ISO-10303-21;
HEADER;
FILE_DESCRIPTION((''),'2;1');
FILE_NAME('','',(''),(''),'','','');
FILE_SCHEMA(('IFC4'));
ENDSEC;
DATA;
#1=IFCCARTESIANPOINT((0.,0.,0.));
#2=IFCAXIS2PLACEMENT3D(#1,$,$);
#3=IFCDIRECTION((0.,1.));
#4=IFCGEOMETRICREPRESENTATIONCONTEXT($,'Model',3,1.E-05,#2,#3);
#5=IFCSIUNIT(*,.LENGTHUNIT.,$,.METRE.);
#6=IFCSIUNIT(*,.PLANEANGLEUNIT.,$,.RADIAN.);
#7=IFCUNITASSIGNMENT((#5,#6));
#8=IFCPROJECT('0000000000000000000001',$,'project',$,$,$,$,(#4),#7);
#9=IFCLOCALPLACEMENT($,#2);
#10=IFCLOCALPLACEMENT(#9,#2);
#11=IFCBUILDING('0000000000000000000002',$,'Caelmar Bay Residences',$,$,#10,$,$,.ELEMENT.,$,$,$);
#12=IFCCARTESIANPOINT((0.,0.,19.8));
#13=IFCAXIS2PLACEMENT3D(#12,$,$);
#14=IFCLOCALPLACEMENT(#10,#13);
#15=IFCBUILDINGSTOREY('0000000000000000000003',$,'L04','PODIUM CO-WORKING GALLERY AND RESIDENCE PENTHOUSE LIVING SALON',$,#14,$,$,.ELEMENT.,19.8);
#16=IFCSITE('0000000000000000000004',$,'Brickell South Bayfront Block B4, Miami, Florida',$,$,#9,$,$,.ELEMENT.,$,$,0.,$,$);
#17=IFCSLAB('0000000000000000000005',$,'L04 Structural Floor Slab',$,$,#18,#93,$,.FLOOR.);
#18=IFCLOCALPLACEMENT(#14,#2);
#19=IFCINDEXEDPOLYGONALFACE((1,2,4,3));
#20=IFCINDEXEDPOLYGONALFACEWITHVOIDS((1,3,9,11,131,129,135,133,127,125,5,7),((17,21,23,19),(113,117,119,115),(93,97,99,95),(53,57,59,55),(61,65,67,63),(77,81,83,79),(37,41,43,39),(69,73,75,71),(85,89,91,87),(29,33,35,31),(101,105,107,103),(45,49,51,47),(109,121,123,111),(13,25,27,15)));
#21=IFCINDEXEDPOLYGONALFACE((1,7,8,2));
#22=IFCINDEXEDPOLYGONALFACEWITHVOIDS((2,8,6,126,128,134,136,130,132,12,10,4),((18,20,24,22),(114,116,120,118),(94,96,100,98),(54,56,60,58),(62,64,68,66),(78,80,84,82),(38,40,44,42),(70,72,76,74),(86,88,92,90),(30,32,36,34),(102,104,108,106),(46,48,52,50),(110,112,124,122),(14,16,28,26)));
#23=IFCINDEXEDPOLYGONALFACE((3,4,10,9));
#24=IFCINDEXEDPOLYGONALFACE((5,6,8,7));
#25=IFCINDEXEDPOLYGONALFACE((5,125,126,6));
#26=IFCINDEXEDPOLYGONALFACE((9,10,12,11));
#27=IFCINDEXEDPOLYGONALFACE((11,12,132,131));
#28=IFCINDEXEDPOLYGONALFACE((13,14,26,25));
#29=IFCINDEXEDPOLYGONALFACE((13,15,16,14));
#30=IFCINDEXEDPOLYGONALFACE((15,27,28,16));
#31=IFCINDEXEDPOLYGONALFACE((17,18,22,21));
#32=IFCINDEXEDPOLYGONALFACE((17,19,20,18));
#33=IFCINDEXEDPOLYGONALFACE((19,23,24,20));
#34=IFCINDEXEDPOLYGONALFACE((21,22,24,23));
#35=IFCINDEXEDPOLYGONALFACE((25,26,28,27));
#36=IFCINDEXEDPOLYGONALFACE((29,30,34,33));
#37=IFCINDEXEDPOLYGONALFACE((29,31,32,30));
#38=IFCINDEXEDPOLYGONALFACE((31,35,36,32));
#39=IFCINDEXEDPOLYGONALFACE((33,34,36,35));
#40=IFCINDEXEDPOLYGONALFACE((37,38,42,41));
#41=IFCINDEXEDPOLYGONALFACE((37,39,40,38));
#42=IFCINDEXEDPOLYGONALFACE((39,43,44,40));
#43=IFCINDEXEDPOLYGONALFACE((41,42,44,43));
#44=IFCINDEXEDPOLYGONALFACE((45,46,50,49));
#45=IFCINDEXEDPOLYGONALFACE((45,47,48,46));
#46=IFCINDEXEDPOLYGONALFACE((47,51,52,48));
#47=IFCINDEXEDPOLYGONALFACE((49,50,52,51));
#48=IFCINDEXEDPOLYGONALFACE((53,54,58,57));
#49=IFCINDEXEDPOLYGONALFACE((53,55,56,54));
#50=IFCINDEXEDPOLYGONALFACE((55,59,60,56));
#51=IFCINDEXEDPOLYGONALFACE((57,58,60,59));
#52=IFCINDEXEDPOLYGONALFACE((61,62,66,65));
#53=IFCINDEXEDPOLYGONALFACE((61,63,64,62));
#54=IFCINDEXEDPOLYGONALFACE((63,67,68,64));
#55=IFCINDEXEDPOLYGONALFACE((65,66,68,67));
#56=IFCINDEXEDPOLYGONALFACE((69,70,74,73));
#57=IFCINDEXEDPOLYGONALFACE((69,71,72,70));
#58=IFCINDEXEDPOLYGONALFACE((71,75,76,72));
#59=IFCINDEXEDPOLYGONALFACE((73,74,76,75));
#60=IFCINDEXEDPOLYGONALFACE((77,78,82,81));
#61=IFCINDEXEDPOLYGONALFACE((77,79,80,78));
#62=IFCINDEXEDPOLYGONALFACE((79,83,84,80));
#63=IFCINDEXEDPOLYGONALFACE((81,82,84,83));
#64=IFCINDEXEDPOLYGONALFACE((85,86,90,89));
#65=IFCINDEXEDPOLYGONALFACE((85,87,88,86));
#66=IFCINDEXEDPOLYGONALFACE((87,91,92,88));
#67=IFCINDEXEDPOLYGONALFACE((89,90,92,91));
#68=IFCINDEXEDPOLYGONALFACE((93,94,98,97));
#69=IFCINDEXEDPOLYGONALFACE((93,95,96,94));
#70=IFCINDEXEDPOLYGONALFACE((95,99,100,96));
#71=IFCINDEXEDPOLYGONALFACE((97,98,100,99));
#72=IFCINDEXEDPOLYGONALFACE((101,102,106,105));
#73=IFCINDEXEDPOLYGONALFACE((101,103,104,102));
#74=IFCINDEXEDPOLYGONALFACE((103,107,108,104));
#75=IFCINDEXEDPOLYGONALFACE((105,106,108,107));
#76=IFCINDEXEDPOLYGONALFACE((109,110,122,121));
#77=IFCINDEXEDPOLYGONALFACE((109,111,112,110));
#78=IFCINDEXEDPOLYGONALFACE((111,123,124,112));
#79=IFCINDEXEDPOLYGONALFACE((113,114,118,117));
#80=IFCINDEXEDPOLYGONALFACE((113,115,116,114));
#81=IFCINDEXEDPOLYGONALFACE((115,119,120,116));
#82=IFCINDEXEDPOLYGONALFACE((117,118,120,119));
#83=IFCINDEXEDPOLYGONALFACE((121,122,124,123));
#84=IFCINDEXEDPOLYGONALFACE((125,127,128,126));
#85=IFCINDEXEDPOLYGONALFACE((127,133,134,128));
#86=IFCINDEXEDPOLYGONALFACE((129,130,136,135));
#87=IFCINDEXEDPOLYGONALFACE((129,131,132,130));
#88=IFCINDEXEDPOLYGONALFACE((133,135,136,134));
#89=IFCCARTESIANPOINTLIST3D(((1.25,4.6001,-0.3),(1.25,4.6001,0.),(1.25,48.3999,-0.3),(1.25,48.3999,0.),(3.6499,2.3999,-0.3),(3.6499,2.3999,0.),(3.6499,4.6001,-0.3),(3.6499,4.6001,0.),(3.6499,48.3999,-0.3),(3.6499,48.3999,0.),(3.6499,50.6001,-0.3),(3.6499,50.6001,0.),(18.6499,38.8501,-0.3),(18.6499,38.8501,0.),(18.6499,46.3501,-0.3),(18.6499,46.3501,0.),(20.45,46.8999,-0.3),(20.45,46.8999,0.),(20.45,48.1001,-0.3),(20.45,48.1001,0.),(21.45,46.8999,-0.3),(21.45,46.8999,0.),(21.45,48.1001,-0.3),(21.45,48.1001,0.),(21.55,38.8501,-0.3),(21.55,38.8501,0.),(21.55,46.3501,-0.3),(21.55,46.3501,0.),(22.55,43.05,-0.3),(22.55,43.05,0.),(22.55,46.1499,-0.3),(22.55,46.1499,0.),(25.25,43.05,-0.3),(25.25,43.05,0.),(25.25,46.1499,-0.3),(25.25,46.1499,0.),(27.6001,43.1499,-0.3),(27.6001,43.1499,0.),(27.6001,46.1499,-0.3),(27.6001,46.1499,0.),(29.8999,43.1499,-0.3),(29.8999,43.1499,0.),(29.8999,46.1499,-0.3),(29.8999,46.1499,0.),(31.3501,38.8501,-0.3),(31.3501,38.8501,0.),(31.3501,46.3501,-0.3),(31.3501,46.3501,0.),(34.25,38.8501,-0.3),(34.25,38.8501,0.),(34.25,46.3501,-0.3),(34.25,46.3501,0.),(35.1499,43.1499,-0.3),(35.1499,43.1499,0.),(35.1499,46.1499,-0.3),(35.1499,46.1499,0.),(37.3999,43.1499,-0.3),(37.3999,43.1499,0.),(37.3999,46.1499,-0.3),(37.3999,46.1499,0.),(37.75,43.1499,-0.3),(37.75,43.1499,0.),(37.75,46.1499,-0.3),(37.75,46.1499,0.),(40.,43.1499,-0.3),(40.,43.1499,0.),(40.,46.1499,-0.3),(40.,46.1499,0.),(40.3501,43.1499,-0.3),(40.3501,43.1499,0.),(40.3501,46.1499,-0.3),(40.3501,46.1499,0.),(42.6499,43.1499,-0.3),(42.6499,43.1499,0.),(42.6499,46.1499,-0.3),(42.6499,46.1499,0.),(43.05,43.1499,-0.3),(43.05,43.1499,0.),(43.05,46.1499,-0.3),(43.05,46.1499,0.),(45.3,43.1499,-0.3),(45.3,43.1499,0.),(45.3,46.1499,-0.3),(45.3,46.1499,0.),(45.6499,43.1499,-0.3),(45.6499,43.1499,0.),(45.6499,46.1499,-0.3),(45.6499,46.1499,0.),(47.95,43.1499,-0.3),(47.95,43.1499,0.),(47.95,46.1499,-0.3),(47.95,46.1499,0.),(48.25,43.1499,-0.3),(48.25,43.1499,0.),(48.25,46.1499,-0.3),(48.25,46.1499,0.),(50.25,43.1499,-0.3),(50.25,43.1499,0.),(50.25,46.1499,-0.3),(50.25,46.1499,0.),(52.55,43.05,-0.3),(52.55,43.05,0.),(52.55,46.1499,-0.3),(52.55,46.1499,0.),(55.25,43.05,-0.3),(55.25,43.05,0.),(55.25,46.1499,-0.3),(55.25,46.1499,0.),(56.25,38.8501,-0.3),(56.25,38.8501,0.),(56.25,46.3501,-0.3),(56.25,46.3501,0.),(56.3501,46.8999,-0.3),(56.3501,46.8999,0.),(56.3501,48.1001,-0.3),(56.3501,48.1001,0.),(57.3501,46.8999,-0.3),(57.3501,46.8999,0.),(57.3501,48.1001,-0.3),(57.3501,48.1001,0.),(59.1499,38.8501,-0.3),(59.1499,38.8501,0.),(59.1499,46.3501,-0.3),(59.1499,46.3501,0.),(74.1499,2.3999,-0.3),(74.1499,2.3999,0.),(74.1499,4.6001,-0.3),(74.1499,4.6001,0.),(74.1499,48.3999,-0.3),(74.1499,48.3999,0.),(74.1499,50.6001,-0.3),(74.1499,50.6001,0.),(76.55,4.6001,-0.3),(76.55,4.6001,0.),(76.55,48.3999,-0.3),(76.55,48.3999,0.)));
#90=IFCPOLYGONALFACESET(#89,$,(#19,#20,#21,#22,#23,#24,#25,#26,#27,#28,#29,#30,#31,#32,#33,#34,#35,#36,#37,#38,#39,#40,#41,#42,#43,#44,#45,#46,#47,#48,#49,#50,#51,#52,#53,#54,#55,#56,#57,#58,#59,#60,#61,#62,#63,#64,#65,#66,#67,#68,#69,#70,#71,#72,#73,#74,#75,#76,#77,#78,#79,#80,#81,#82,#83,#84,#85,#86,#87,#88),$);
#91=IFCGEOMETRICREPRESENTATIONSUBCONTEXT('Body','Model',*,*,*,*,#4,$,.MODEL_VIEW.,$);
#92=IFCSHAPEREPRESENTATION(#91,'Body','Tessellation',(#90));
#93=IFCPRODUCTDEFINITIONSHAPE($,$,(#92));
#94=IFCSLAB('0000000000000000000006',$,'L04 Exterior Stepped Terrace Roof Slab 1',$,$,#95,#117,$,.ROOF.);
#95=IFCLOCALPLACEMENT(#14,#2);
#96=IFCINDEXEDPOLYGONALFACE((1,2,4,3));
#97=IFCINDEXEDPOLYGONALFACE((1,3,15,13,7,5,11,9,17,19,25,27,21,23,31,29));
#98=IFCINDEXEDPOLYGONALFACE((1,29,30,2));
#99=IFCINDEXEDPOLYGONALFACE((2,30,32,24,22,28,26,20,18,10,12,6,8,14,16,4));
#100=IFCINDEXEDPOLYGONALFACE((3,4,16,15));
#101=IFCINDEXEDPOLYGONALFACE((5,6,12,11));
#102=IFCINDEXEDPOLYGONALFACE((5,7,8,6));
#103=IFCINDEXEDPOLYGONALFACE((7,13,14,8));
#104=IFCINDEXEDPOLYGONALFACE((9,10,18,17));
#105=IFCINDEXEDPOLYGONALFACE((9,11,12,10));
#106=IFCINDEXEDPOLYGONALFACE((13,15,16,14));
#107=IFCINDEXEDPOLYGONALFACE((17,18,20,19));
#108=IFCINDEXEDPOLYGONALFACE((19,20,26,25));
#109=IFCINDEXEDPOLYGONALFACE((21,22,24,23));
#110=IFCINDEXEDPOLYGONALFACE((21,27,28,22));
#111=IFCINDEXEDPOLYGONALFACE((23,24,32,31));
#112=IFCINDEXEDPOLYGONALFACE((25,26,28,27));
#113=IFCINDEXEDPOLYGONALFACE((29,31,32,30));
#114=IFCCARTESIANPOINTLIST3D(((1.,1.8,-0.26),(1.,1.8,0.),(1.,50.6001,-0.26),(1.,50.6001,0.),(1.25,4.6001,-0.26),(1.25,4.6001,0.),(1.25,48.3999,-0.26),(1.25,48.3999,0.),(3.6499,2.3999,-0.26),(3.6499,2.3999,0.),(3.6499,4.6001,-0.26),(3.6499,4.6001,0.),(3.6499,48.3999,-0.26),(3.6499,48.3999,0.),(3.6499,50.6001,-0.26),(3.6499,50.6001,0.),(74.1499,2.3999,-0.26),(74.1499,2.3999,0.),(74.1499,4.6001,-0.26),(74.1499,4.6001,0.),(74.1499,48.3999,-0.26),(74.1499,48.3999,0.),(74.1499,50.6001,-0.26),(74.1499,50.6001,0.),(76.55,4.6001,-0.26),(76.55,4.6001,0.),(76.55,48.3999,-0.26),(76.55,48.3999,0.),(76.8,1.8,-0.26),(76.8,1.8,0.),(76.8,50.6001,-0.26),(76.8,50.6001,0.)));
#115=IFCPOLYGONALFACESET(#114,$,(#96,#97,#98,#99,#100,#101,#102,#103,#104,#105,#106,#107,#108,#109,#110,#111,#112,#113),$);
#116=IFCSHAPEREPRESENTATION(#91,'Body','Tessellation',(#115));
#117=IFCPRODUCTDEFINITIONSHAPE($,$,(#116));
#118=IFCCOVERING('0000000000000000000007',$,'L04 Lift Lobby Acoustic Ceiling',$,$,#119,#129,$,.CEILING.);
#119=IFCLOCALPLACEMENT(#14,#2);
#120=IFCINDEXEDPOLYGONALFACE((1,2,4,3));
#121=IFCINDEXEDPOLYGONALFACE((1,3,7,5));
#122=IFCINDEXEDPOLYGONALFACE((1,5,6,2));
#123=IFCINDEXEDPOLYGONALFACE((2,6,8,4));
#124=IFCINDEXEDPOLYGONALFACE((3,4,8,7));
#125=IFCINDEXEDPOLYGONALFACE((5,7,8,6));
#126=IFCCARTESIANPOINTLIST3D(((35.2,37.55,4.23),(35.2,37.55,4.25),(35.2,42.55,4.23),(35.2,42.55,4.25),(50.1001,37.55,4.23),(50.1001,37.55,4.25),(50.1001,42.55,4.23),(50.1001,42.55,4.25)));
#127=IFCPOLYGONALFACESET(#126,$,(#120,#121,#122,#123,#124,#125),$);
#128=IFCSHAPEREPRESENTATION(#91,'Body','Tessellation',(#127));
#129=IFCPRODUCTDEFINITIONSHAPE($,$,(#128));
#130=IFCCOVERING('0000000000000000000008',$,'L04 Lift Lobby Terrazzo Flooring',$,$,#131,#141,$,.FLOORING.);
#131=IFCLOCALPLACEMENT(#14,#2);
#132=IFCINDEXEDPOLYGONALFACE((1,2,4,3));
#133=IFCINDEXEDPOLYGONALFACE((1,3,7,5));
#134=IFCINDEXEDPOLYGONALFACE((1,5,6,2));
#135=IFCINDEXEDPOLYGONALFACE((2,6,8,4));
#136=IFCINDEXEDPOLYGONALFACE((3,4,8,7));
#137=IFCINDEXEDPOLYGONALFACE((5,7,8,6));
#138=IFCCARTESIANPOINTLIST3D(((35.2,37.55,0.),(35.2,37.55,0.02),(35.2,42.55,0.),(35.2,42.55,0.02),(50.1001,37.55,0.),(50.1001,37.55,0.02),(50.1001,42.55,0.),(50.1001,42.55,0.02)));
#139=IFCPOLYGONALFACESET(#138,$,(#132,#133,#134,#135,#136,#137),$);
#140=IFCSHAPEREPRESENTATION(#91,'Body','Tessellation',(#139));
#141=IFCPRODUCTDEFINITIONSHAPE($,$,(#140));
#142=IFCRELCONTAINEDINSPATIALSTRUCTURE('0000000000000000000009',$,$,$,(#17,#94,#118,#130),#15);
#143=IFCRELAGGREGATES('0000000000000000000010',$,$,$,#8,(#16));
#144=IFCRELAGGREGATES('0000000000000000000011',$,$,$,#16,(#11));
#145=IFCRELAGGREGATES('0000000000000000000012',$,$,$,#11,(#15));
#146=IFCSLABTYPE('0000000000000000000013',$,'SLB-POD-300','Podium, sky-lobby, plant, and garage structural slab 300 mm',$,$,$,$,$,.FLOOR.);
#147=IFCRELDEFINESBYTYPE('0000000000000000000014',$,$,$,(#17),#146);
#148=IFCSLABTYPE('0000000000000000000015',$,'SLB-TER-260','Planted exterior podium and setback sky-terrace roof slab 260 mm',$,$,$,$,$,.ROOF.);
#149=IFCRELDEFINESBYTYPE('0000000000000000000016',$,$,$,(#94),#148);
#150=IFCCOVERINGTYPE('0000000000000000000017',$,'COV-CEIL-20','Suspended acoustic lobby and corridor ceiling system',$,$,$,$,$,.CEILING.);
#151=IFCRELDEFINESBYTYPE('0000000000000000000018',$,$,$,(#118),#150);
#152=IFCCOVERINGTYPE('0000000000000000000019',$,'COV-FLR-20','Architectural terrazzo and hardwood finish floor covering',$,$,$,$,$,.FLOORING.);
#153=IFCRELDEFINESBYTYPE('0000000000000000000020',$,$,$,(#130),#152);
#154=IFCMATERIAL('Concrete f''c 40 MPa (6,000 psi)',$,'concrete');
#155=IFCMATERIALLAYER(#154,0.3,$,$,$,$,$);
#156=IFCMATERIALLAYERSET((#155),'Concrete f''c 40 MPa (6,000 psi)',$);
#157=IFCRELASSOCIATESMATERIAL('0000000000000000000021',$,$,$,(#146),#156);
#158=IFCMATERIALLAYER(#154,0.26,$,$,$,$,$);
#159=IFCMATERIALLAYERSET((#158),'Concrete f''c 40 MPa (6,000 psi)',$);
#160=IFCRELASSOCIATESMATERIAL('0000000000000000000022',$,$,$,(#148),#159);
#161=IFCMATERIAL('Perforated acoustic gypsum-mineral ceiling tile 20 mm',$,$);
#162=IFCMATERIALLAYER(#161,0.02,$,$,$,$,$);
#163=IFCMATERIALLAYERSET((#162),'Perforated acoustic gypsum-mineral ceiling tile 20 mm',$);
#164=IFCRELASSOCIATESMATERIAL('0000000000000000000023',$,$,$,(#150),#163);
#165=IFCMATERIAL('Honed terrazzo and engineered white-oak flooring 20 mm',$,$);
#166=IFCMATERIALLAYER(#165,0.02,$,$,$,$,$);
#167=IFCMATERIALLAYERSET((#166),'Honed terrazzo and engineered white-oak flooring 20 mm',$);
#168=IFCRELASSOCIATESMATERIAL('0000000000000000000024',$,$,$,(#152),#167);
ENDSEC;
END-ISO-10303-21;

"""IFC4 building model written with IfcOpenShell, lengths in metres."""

from ifc_helpers import new_model, si_unit, direction, frame, origin, place, context, subcontext, project, spatial, polyline, outline, extrude, material, layer, layer_set, type_object, element, save


model = new_model("IFC4")

# Units and contexts
model_context = context("Model", 3, precision=1e-05, world=origin(), true_north=direction((0.0, 1.0)))
body_context = subcontext(model_context, "Body", "Model", "MODEL_VIEW")
ifc_project = project(units=[si_unit("LENGTHUNIT", "METRE"), si_unit("PLANEANGLEUNIT", "RADIAN")], contexts=[model_context])

# Site, building, storey
site_placement = place(None, origin())
site = spatial("IfcSite", under=ifc_project, at=site_placement, Name="Brickell South Bayfront Block B4, Miami, Florida", CompositionType="ELEMENT", RefElevation=0.0)
building_placement = place(site_placement, origin())
building = spatial("IfcBuilding", under=site, at=building_placement, Name="Caelmar Bay Residences", CompositionType="ELEMENT")
storey_placement = place(building_placement, frame((0.0, 0.0, 19.8)))
storey = spatial("IfcBuildingStorey", under=building, at=storey_placement, Name="L04", Description="PODIUM CO-WORKING GALLERY AND RESIDENCE PENTHOUSE LIVING SALON", CompositionType="ELEMENT", Elevation=19.8)

# Shared definitions
ifc_material_1 = material(Name="Concrete f'c 40 MPa (6,000 psi)", Category="concrete")

# Slabs
ifc_layer_1 = layer(ifc_material_1, 0.3)
ifc_layer_set_1 = layer_set([ifc_layer_1], Name="Concrete f'c 40 MPa (6,000 psi)")
slab_type_1 = type_object("IfcSlabType", Name="SLB-POD-300", Description="Podium, sky-lobby, plant, and garage structural slab 300 mm", PredefinedType="FLOOR", material=ifc_layer_set_1)
slab_1_placement = place(storey_placement, frame((0.0, 0.0, -0.3)))
element("IfcSlab", 1, at=slab_1_placement, inside=storey, type_object=slab_type_1, Name="L04 Structural Floor Slab", PredefinedType="FLOOR", context=body_context, shape_type="SweptSolid", body=[
    extrude(outline(polyline([(3.6499, 2.3999), (74.1499, 2.3999), (74.1499, 4.6001), (76.55, 4.6001), (76.55, 48.3999), (74.1499, 48.3999), (74.1499, 50.6001), (3.6499, 50.6001), (3.6499, 48.3999), (1.25, 48.3999), (1.25, 4.6001), (3.6499, 4.6001), (3.6499, 2.3999)]), holes=[polyline([(18.6499, 38.8501), (21.55, 38.8501), (21.55, 46.3501), (18.6499, 46.3501), (18.6499, 38.8501)]), polyline([(56.25, 38.8501), (59.1499, 38.8501), (59.1499, 46.3501), (56.25, 46.3501), (56.25, 38.8501)]), polyline([(31.3501, 38.8501), (34.25, 38.8501), (34.25, 46.3501), (31.3501, 46.3501), (31.3501, 38.8501)]), polyline([(22.55, 43.05), (25.25, 43.05), (25.25, 46.1499), (22.55, 46.1499), (22.55, 43.05)]), polyline([(52.55, 43.05), (55.25, 43.05), (55.25, 46.1499), (52.55, 46.1499), (52.55, 43.05)]), polyline([(35.1499, 43.1499), (37.3999, 43.1499), (37.3999, 46.1499), (35.1499, 46.1499), (35.1499, 43.1499)]), polyline([(37.75, 43.1499), (40.0, 43.1499), (40.0, 46.1499), (37.75, 46.1499), (37.75, 43.1499)]), polyline([(40.3501, 43.1499), (42.6499, 43.1499), (42.6499, 46.1499), (40.3501, 46.1499), (40.3501, 43.1499)]), polyline([(43.05, 43.1499), (45.3, 43.1499), (45.3, 46.1499), (43.05, 46.1499), (43.05, 43.1499)]), polyline([(45.6499, 43.1499), (47.95, 43.1499), (47.95, 46.1499), (45.6499, 46.1499), (45.6499, 43.1499)]), polyline([(48.25, 43.1499), (50.25, 43.1499), (50.25, 46.1499), (48.25, 46.1499), (48.25, 43.1499)]), polyline([(27.6001, 43.1499), (29.8999, 43.1499), (29.8999, 46.1499), (27.6001, 46.1499), (27.6001, 43.1499)]), polyline([(20.45, 46.8999), (21.45, 46.8999), (21.45, 48.1001), (20.45, 48.1001), (20.45, 46.8999)]), polyline([(56.3501, 46.8999), (57.3501, 46.8999), (57.3501, 48.1001), (56.3501, 48.1001), (56.3501, 46.8999)])]), origin(), (0.0, 0.0, 1.0), 0.3),
])
ifc_layer_2 = layer(ifc_material_1, 0.26)
ifc_layer_set_2 = layer_set([ifc_layer_2], Name="Concrete f'c 40 MPa (6,000 psi)")
slab_type_2 = type_object("IfcSlabType", Name="SLB-TER-260", Description="Planted exterior podium and setback sky-terrace roof slab 260 mm", PredefinedType="ROOF", material=ifc_layer_set_2)
slab_2_placement = place(storey_placement, frame((0.0, 0.0, -0.26)))
element("IfcSlab", 2, at=slab_2_placement, inside=storey, type_object=slab_type_2, Name="L04 Exterior Stepped Terrace Roof Slab 1", PredefinedType="ROOF", context=body_context, shape_type="SweptSolid", body=[
    extrude(outline(polyline([(74.1499, 50.6001), (74.1499, 48.3999), (76.55, 48.3999), (76.55, 4.6001), (74.1499, 4.6001), (74.1499, 2.3999), (3.6499, 2.3999), (3.6499, 4.6001), (1.25, 4.6001), (1.25, 48.3999), (3.6499, 48.3999), (3.6499, 50.6001), (1.0, 50.6001), (1.0, 1.8), (76.8, 1.8), (76.8, 50.6001), (74.1499, 50.6001)])), origin(), (0.0, 0.0, 1.0), 0.26),
])

# Coverings
ifc_material_2 = material(Name="Perforated acoustic gypsum-mineral ceiling tile 20 mm")
ifc_layer_3 = layer(ifc_material_2, 0.02)
ifc_layer_set_3 = layer_set([ifc_layer_3], Name="Perforated acoustic gypsum-mineral ceiling tile 20 mm")
covering_type_1 = type_object("IfcCoveringType", Name="COV-CEIL-20", Description="Suspended acoustic lobby and corridor ceiling system", PredefinedType="CEILING", material=ifc_layer_set_3)
covering_1_placement = place(storey_placement, frame((0.0, 0.0, 4.23)))
element("IfcCovering", 3, at=covering_1_placement, inside=storey, type_object=covering_type_1, Name="L04 Lift Lobby Acoustic Ceiling", PredefinedType="CEILING", context=body_context, shape_type="SweptSolid", body=[
    extrude(outline(polyline([(35.2, 37.55), (50.1001, 37.55), (50.1001, 42.55), (35.2, 42.55), (35.2, 37.55)])), origin(), (0.0, 0.0, 1.0), 0.02),
])
ifc_material_3 = material(Name="Honed terrazzo and engineered white-oak flooring 20 mm")
ifc_layer_4 = layer(ifc_material_3, 0.02)
ifc_layer_set_4 = layer_set([ifc_layer_4], Name="Honed terrazzo and engineered white-oak flooring 20 mm")
covering_type_2 = type_object("IfcCoveringType", Name="COV-FLR-20", Description="Architectural terrazzo and hardwood finish floor covering", PredefinedType="FLOORING", material=ifc_layer_set_4)
covering_2_placement = place(storey_placement, origin())
element("IfcCovering", 4, at=covering_2_placement, inside=storey, type_object=covering_type_2, Name="L04 Lift Lobby Terrazzo Flooring", PredefinedType="FLOORING", context=body_context, shape_type="SweptSolid", body=[
    extrude(outline(polyline([(35.2, 37.55), (50.1001, 37.55), (50.1001, 42.55), (35.2, 42.55), (35.2, 37.55)])), origin(), (0.0, 0.0, 1.0), 0.02),
])

save(model, "model.ifc")
